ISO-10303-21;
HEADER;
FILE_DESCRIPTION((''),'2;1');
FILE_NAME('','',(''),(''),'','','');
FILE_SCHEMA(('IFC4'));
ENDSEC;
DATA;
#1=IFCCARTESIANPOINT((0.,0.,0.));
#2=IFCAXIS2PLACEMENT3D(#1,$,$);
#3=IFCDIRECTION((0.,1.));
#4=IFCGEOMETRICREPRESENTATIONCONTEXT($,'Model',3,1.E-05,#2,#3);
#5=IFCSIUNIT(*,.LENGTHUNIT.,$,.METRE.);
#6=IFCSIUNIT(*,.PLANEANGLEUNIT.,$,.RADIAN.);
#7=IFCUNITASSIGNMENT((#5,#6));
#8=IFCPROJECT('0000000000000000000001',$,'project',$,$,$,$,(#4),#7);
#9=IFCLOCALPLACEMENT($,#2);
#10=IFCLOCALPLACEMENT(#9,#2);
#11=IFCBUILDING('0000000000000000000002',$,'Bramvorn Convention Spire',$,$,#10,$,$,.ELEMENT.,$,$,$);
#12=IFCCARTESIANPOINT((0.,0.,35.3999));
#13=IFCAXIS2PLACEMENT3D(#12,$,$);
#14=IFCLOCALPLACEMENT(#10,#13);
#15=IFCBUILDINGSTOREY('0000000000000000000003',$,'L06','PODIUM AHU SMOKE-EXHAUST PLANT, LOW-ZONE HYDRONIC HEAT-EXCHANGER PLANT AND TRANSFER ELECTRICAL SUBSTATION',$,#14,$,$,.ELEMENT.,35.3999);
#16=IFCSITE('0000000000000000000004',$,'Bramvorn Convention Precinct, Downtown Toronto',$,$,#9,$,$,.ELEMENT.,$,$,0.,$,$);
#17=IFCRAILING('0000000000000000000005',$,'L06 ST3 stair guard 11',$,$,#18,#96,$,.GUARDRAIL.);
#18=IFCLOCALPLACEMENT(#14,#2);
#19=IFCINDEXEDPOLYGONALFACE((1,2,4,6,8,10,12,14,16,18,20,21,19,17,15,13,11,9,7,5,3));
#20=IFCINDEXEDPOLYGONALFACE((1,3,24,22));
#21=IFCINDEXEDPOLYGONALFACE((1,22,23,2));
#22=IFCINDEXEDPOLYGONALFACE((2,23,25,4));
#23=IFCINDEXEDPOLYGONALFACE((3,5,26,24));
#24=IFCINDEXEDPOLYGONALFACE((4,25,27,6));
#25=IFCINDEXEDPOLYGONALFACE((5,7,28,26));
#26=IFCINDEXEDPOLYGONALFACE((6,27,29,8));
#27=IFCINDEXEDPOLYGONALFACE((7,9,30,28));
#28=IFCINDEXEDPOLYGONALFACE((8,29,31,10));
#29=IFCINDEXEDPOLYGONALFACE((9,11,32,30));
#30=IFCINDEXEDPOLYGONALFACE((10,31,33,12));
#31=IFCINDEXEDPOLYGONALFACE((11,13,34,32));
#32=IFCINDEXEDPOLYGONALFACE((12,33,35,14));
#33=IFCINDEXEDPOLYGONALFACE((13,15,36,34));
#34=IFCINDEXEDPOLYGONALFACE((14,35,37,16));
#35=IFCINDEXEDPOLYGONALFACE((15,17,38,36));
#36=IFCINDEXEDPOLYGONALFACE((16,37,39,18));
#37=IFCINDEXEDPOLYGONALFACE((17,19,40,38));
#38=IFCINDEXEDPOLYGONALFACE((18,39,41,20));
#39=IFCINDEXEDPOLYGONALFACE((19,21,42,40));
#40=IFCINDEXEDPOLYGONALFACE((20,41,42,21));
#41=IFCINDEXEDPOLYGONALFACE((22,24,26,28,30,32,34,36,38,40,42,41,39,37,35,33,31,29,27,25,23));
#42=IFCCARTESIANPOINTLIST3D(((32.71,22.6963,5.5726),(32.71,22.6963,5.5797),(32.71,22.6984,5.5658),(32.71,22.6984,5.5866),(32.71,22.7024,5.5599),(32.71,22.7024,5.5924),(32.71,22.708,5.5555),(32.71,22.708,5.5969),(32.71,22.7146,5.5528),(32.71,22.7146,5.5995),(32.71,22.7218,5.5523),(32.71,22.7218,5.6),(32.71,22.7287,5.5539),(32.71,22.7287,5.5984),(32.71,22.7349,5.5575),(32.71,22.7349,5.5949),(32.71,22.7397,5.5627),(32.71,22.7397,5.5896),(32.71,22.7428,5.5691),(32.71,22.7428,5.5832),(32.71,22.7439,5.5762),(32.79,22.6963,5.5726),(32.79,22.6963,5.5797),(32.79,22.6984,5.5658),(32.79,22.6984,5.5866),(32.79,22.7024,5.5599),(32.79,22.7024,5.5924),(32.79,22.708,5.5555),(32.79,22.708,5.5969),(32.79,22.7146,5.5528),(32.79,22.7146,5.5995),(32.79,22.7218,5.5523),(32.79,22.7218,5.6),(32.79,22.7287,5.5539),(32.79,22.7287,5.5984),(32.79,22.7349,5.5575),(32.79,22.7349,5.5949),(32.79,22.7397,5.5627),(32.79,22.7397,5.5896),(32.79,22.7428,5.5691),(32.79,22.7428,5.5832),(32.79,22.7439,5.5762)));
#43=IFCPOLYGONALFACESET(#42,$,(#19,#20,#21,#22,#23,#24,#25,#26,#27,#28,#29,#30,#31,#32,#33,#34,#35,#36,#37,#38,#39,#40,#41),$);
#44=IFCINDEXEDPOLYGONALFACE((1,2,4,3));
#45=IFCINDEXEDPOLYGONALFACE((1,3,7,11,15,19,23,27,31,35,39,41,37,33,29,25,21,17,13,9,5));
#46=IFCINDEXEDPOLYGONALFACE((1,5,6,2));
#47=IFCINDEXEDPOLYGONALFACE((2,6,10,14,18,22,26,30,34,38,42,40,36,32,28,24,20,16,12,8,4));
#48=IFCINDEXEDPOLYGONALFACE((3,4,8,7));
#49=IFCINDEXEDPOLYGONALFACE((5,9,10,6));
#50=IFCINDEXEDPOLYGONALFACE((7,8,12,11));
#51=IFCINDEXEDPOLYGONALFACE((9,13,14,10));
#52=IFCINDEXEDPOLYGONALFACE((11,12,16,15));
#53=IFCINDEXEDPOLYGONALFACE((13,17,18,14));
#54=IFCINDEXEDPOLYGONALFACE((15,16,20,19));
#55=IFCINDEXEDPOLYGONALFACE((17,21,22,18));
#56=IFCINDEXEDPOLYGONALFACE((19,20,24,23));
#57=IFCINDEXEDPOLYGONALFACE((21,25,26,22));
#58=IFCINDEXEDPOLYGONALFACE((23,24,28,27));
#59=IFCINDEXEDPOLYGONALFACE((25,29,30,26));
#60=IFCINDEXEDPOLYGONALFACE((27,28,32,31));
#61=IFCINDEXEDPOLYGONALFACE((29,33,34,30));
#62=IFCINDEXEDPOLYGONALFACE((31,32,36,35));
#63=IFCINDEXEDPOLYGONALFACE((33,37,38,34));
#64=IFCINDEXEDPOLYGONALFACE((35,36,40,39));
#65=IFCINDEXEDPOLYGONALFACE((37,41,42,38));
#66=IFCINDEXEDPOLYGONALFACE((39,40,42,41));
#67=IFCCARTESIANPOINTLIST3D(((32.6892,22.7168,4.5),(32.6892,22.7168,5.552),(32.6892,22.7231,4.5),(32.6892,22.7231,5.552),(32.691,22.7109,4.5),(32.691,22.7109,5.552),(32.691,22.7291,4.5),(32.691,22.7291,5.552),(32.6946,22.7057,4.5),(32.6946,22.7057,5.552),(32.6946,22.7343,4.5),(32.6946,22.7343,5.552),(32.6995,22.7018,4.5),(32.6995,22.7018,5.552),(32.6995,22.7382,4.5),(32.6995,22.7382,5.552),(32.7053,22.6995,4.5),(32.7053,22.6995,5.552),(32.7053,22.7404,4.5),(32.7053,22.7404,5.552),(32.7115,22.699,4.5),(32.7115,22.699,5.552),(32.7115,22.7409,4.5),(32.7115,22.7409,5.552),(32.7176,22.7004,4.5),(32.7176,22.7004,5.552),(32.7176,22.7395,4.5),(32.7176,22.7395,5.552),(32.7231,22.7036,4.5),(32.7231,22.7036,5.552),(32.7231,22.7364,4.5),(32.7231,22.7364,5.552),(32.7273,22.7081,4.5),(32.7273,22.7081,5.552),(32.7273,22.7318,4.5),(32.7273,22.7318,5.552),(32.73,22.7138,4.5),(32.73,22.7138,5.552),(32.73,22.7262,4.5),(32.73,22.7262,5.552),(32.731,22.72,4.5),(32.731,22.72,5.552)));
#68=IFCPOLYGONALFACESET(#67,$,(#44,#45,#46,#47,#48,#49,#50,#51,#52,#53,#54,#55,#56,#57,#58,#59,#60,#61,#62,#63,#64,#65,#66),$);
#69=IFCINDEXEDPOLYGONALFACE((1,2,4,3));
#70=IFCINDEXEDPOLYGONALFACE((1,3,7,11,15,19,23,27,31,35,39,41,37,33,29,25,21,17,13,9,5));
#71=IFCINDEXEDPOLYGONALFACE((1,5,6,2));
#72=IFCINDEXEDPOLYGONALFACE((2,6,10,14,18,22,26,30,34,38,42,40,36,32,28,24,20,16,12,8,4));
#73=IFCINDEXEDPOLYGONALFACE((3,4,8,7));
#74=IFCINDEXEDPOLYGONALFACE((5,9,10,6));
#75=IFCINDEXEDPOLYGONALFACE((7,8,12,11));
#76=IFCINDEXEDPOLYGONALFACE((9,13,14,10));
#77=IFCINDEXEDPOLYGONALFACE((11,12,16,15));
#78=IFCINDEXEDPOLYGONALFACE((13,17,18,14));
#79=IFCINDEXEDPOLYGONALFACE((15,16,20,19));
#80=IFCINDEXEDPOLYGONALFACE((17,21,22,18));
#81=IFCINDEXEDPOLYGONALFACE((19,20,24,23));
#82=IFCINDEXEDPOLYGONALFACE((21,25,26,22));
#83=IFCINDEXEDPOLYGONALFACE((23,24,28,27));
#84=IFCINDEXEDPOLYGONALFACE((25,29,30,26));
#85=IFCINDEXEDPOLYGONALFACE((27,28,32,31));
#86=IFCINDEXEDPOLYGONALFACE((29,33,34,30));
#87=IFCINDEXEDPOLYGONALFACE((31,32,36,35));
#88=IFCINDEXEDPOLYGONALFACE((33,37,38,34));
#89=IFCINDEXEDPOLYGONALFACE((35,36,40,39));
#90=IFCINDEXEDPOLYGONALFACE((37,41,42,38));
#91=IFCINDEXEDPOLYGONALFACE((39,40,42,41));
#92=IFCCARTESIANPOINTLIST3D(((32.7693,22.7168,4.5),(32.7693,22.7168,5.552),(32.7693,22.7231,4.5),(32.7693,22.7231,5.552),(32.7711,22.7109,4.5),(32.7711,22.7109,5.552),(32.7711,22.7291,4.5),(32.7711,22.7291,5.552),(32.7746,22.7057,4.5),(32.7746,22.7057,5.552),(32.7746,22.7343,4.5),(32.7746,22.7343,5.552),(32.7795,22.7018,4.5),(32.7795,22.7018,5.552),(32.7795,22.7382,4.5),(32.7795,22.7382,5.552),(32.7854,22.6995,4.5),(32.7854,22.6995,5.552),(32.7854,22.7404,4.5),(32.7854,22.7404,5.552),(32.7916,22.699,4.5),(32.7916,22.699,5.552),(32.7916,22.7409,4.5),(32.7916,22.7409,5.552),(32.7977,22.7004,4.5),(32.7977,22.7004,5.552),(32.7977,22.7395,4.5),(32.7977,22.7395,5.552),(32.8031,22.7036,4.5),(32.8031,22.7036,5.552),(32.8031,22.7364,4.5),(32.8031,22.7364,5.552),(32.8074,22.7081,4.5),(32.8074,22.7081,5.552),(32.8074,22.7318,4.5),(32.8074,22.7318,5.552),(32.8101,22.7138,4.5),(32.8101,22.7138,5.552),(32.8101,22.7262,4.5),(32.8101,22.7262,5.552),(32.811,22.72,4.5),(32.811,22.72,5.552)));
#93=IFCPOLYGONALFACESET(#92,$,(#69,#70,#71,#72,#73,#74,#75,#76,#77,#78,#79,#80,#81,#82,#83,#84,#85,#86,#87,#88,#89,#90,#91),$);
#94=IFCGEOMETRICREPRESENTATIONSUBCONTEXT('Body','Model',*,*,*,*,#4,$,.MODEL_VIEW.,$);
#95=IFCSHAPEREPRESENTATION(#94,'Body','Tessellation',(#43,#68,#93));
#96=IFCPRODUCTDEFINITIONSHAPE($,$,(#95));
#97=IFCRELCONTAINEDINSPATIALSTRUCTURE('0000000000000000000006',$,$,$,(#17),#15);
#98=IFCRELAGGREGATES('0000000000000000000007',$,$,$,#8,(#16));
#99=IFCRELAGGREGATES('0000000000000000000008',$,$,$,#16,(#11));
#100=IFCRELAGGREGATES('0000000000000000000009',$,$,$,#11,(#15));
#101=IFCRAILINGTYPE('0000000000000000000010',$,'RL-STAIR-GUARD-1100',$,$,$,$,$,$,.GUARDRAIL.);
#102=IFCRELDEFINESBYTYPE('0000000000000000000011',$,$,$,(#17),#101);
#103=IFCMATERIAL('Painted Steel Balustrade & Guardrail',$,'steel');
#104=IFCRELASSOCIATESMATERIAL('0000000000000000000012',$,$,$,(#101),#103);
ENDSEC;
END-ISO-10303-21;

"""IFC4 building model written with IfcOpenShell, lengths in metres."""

from ifc_helpers import new_model, si_unit, direction, frame, origin, origin_2d, place, context, subcontext, project, spatial, circle, extrude, material, type_object, element, save


model = new_model("IFC4")

# Units and contexts
model_context = context("Model", 3, precision=1e-05, world=origin(), true_north=direction((0.0, 1.0)))
body_context = subcontext(model_context, "Body", "Model", "MODEL_VIEW")
ifc_project = project(units=[si_unit("LENGTHUNIT", "METRE"), si_unit("PLANEANGLEUNIT", "RADIAN")], contexts=[model_context])

# Site, building, storey
site_placement = place(None, origin())
site = spatial("IfcSite", under=ifc_project, at=site_placement, Name="Bramvorn Convention Precinct, Downtown Toronto", CompositionType="ELEMENT", RefElevation=0.0)
building_placement = place(site_placement, origin())
building = spatial("IfcBuilding", under=site, at=building_placement, Name="Bramvorn Convention Spire", CompositionType="ELEMENT")
storey_placement = place(building_placement, frame((0.0, 0.0, 35.3999)))
storey = spatial("IfcBuildingStorey", under=building, at=storey_placement, Name="L06", Description="PODIUM AHU SMOKE-EXHAUST PLANT, LOW-ZONE HYDRONIC HEAT-EXCHANGER PLANT AND TRANSFER ELECTRICAL SUBSTATION", CompositionType="ELEMENT", Elevation=35.3999)

# Railing
ifc_material_1 = material(Name="Painted Steel Balustrade & Guardrail", Category="steel")
railing_type_1 = type_object("IfcRailingType", Name="RL-STAIR-GUARD-1100", PredefinedType="GUARDRAIL", material=ifc_material_1)
railing_1_placement = place(storey_placement, frame((32.71, 22.72, 4.5)))
element("IfcRailing", 1, at=railing_1_placement, inside=storey, type_object=railing_type_1, Name="L06 ST3 stair guard 11", PredefinedType="GUARDRAIL", context=body_context, shape_type="SweptSolid", body=[
    extrude(circle(Radius=0.0239, at=origin_2d()), frame((0.0, 0.0, 1.0762), z_axis=(1.0, 0.0, 0.0), x_axis=(0.0, 1.0, 0.0)), (0.0, 0.0, 1.0), 0.0801),
    extrude(circle(Radius=0.021, at=origin_2d()), origin(), (0.0, 0.0, 1.0), 1.052),
    extrude(circle(Radius=0.021, at=origin_2d()), frame((0.0801, 0.0, 0.0)), (0.0, 0.0, 1.0), 1.052),
])

save(model, "model.ifc")
